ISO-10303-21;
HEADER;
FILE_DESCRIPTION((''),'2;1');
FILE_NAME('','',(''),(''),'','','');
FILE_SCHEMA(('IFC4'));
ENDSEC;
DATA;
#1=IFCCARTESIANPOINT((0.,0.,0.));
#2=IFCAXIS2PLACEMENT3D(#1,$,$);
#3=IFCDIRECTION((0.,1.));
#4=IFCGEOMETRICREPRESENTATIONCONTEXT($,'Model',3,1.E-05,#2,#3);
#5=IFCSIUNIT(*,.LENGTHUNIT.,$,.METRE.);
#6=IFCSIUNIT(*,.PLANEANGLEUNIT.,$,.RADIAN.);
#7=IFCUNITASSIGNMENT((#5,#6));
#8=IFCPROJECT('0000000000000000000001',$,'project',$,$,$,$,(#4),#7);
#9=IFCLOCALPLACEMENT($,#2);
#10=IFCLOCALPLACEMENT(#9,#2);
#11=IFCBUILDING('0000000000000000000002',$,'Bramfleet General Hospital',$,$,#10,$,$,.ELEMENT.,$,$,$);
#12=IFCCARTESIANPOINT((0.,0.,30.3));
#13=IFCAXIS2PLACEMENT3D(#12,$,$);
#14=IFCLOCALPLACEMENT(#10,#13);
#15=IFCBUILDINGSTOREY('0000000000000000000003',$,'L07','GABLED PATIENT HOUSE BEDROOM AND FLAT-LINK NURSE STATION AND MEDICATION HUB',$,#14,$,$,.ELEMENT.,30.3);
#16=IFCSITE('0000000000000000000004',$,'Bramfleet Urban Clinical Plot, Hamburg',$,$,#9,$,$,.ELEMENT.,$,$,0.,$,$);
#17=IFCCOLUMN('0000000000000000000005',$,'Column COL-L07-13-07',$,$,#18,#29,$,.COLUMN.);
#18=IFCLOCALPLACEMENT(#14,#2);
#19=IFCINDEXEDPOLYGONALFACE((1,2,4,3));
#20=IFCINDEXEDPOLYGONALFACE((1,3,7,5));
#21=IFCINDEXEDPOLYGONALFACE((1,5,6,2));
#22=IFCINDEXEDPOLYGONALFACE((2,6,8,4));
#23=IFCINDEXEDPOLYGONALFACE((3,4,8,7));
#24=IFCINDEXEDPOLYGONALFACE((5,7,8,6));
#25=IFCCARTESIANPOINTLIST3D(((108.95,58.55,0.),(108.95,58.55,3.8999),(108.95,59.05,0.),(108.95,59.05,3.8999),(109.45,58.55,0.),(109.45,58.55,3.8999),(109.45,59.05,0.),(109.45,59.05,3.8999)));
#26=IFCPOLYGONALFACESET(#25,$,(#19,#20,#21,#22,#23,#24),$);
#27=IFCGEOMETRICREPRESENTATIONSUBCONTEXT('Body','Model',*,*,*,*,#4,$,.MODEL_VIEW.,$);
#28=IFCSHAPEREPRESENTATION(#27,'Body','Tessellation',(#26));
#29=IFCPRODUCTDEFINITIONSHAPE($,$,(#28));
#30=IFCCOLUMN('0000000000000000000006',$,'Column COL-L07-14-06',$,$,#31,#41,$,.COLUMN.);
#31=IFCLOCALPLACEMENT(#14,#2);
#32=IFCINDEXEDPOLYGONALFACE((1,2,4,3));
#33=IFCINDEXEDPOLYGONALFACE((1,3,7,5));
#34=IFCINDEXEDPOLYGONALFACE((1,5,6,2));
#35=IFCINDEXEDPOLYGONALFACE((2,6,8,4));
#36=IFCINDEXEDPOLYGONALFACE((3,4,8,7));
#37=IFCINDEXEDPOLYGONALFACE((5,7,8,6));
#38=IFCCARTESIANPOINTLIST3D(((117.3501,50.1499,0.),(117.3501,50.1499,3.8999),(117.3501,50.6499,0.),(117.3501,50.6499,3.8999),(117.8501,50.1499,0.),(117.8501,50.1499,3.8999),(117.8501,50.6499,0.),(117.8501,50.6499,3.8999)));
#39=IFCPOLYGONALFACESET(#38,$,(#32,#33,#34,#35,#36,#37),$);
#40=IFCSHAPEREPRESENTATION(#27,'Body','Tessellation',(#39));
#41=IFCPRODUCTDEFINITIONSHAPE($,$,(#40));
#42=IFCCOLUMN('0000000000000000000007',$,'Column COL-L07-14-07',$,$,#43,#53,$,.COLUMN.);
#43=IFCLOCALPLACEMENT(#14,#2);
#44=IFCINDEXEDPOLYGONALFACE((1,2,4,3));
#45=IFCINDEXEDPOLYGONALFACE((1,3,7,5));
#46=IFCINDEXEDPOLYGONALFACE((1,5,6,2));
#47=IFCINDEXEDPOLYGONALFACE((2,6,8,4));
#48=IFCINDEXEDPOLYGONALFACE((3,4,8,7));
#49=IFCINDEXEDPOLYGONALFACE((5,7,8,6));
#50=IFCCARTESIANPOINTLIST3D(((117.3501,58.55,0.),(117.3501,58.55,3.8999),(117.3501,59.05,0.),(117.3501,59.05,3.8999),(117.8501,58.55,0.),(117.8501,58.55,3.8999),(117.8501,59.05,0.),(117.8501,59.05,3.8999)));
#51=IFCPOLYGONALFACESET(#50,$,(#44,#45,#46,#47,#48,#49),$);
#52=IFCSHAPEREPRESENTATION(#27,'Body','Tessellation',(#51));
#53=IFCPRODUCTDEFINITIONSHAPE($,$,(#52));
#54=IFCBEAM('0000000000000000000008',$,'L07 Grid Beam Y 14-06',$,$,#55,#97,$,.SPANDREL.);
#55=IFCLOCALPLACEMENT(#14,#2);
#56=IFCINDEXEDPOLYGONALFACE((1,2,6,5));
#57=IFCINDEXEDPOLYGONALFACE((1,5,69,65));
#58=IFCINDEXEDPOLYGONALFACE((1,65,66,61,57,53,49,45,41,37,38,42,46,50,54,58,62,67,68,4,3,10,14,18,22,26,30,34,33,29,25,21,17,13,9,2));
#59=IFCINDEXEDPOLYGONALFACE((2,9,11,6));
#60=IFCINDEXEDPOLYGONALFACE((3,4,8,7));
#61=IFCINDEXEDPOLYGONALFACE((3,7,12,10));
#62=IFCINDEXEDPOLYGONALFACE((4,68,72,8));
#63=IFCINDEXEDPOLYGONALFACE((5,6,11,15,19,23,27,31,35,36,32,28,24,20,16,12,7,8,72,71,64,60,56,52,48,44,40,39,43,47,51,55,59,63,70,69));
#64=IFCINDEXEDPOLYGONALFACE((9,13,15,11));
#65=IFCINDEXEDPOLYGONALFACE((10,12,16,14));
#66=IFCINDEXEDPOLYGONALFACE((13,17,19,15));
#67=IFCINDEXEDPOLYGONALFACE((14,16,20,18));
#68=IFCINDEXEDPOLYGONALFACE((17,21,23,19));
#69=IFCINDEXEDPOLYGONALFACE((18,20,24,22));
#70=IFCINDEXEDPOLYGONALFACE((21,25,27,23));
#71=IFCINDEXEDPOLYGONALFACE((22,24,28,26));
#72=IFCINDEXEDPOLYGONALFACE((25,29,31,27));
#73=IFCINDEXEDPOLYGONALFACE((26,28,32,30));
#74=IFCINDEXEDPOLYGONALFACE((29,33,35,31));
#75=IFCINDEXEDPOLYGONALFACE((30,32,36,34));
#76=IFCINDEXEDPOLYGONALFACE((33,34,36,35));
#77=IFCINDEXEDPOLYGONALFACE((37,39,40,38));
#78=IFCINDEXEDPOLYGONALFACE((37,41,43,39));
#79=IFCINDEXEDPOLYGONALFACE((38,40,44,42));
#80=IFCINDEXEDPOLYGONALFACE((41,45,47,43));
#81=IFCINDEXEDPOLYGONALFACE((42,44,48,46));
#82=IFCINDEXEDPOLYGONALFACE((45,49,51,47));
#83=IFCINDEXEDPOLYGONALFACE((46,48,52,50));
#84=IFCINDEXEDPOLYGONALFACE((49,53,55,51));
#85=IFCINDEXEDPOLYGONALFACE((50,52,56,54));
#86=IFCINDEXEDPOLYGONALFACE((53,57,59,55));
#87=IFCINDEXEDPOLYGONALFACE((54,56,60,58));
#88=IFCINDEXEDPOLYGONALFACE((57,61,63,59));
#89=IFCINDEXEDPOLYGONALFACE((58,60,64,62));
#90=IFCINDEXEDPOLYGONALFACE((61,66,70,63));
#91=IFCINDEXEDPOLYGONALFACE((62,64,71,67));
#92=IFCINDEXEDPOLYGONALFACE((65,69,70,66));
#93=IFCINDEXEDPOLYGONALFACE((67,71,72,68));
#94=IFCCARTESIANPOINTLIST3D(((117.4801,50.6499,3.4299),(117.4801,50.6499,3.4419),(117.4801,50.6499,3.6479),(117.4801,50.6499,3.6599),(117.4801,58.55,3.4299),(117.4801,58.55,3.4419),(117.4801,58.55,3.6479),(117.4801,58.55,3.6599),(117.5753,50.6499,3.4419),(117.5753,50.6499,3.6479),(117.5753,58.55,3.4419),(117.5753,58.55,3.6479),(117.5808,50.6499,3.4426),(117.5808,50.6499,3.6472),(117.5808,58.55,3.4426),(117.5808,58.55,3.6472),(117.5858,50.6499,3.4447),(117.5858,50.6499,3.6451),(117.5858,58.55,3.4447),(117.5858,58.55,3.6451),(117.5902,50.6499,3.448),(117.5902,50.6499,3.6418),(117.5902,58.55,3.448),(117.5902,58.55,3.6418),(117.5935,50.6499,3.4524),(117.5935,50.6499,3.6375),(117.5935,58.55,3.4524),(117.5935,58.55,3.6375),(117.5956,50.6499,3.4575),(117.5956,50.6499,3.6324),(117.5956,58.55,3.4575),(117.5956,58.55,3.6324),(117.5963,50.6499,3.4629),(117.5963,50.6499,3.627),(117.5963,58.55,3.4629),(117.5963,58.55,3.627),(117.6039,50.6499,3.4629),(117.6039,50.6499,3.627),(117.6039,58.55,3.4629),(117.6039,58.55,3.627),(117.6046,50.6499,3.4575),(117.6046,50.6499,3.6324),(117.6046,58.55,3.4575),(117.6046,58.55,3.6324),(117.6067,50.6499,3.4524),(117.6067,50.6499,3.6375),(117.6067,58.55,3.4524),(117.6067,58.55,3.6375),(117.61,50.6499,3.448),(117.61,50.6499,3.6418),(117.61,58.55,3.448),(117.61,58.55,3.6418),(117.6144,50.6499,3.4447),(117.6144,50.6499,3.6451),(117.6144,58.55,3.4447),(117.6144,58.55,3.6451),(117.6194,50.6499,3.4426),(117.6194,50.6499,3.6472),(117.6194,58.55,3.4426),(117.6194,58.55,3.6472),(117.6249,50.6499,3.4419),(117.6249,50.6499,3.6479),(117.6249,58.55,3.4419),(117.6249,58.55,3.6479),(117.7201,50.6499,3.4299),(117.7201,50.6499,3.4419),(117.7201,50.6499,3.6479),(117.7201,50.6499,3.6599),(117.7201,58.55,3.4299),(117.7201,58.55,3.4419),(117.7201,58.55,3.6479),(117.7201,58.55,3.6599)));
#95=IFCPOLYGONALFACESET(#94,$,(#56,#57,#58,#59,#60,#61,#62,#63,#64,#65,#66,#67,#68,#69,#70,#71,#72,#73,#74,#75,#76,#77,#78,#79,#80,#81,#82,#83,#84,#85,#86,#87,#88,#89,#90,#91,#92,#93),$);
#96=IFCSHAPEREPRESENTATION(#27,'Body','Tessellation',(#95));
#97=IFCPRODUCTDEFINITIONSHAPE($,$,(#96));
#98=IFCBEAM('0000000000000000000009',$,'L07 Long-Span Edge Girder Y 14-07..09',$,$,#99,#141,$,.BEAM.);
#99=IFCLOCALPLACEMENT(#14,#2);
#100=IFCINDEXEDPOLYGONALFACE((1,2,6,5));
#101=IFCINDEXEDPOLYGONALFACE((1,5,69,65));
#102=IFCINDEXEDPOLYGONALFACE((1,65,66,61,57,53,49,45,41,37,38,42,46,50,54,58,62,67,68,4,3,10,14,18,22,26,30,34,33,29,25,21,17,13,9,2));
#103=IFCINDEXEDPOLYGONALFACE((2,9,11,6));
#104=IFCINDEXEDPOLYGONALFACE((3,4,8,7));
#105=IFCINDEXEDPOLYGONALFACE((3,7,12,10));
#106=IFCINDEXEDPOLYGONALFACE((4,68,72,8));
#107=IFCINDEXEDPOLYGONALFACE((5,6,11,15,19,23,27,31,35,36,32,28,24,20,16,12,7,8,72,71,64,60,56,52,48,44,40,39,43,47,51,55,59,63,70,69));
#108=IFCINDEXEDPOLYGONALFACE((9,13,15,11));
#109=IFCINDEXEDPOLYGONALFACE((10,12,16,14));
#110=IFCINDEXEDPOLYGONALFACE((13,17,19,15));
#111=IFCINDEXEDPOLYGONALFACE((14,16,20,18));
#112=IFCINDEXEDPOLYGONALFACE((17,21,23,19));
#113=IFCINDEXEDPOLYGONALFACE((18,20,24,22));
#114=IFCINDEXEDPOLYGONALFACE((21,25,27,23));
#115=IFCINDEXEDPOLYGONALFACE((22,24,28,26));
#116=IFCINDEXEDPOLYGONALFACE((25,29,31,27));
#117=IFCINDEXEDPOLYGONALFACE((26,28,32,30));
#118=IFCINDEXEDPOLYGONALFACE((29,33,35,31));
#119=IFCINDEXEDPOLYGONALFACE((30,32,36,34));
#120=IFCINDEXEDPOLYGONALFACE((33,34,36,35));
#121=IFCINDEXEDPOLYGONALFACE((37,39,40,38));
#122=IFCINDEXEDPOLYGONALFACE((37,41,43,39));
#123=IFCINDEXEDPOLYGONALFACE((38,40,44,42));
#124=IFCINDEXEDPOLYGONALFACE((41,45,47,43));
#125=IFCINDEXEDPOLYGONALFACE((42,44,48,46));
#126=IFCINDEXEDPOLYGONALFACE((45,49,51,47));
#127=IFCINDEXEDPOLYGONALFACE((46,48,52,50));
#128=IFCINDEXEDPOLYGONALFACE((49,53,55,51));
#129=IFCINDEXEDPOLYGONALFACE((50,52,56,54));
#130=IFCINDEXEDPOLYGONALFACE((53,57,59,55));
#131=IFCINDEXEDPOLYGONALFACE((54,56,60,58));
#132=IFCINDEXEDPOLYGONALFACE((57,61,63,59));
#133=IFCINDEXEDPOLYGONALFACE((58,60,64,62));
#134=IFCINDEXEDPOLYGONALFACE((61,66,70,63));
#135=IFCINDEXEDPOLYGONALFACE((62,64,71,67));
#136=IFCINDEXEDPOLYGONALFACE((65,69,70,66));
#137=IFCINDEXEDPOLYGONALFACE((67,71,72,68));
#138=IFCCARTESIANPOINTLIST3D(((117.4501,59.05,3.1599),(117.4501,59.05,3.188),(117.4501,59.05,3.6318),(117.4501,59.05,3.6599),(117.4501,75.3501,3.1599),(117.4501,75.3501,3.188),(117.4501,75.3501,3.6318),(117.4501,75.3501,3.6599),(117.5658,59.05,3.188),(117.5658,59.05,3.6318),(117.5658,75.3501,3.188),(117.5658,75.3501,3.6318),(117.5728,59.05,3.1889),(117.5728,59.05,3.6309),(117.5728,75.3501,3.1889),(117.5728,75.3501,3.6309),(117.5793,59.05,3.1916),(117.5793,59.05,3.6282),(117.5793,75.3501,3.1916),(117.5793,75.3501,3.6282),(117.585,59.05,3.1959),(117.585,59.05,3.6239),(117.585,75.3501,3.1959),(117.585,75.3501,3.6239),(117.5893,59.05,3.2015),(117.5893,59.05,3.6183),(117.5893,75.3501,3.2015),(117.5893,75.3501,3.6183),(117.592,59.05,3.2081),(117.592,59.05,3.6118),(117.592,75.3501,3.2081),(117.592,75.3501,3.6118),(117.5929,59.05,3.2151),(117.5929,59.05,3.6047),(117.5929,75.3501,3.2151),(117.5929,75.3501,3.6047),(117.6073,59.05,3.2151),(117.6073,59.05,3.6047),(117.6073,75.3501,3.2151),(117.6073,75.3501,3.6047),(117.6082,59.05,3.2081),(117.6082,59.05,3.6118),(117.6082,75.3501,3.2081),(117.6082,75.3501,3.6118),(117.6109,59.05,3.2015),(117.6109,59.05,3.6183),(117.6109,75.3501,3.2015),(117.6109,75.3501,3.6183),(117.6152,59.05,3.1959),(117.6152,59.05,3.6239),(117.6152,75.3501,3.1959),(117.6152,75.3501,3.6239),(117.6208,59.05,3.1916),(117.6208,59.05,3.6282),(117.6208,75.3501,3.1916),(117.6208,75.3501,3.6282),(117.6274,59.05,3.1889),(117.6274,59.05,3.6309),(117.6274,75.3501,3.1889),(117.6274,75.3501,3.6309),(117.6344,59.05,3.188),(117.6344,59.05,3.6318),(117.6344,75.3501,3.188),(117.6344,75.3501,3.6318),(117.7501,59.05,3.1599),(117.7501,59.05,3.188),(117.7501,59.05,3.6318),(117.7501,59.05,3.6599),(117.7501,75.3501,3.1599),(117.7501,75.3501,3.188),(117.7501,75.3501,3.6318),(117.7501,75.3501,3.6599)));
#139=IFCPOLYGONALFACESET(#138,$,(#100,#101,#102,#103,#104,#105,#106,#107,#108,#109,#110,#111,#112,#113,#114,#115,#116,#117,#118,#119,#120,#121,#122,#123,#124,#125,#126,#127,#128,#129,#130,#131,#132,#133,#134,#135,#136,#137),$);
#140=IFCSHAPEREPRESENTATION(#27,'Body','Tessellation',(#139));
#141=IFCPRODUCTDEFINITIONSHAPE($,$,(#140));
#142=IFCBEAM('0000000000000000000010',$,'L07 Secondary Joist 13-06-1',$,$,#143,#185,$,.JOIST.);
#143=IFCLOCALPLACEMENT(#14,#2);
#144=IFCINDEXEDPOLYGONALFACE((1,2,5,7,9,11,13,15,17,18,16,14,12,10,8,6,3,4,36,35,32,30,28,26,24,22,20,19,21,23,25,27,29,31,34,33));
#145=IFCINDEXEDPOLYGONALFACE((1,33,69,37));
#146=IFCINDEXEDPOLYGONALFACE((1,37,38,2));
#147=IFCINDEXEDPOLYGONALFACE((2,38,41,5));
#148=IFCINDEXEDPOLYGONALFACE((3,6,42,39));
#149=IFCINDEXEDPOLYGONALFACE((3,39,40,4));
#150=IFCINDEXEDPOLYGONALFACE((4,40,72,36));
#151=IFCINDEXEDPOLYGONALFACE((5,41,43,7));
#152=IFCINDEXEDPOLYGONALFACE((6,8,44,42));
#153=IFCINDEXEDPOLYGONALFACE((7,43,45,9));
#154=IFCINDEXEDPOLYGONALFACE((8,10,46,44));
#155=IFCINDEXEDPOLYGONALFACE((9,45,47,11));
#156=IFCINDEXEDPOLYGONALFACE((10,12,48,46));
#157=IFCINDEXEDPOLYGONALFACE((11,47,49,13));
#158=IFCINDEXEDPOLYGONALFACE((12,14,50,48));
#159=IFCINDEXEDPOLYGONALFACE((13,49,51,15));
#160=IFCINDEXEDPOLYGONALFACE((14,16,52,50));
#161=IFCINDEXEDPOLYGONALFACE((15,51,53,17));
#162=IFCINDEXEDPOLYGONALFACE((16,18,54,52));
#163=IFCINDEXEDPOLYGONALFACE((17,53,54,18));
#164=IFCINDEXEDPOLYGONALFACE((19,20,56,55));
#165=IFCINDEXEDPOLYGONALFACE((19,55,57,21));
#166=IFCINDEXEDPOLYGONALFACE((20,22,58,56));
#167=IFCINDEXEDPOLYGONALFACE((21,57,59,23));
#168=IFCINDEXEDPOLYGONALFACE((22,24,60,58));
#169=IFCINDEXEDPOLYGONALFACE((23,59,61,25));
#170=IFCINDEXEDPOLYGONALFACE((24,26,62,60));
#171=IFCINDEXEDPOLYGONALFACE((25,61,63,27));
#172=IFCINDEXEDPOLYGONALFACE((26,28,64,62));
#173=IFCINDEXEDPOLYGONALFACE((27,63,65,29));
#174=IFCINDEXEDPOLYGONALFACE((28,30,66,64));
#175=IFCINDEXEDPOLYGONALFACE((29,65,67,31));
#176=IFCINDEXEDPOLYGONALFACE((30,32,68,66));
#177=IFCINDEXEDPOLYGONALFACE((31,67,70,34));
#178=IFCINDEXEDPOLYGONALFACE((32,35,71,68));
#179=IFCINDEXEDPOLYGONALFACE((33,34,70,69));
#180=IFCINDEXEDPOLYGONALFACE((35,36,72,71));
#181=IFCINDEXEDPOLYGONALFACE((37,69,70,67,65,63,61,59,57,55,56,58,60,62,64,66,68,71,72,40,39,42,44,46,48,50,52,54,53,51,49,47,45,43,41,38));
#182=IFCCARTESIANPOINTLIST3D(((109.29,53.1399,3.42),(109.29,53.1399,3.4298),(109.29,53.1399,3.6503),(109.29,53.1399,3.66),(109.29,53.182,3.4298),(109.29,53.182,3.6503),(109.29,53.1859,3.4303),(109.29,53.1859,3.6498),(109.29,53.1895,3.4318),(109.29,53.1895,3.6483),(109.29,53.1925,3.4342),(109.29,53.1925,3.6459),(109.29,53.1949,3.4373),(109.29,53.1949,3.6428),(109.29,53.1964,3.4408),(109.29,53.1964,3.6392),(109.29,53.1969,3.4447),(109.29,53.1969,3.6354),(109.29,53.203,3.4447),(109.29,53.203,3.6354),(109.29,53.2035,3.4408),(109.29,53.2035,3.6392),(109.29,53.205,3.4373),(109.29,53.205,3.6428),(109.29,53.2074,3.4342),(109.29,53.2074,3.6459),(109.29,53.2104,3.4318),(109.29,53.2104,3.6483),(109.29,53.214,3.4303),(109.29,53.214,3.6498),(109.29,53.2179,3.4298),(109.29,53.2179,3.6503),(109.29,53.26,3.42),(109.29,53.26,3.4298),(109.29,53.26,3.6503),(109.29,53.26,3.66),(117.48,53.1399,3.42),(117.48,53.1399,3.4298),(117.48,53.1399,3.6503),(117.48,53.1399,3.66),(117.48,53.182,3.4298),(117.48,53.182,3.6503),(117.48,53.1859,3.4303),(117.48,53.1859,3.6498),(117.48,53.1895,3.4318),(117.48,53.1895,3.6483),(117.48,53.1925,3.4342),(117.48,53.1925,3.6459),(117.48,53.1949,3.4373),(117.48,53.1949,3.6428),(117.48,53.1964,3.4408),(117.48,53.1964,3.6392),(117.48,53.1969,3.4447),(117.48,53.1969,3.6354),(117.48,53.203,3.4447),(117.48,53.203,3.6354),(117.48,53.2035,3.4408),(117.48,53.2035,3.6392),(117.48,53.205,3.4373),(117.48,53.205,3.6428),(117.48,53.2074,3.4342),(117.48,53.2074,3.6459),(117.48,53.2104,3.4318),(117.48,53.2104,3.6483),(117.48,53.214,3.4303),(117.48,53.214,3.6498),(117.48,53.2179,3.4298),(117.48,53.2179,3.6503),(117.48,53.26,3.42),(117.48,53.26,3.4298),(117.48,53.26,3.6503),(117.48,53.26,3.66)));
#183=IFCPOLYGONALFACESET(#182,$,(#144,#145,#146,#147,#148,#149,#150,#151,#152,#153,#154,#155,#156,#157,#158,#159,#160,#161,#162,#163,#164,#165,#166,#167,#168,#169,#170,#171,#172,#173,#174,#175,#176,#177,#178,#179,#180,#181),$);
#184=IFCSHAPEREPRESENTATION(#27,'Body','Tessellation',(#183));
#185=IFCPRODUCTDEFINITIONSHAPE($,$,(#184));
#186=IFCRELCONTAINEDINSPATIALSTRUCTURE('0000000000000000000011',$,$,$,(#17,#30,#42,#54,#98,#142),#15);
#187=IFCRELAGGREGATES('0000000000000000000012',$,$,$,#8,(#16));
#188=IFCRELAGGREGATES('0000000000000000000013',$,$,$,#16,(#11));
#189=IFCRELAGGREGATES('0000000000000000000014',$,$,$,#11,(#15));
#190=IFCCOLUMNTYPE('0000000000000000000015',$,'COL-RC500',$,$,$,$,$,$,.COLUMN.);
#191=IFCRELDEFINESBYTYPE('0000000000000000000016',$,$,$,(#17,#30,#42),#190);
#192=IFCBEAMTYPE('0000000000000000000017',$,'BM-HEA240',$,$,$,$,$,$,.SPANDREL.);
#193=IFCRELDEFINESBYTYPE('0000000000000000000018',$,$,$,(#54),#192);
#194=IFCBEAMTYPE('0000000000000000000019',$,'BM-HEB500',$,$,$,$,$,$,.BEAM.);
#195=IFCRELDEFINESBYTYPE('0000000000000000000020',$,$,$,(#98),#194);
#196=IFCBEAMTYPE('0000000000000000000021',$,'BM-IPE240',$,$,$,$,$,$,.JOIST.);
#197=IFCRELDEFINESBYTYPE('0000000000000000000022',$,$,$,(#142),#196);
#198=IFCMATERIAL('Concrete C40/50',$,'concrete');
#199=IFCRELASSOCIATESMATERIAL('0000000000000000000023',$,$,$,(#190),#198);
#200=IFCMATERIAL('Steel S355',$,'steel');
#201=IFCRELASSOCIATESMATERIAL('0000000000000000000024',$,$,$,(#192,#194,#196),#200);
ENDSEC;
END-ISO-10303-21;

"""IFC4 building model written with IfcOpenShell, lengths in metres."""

from ifc_helpers import new_model, si_unit, direction, frame, origin, origin_2d, place, context, subcontext, project, spatial, rectangle, i_section, extrude, material, material_profile, profile_set, type_object, element, save


model = new_model("IFC4")

# Units and contexts
model_context = context("Model", 3, precision=1e-05, world=origin(), true_north=direction((0.0, 1.0)))
body_context = subcontext(model_context, "Body", "Model", "MODEL_VIEW")
ifc_project = project(units=[si_unit("LENGTHUNIT", "METRE"), si_unit("PLANEANGLEUNIT", "RADIAN")], contexts=[model_context])

# Site, building, storey
site_placement = place(None, origin())
site = spatial("IfcSite", under=ifc_project, at=site_placement, Name="Bramfleet Urban Clinical Plot, Hamburg", CompositionType="ELEMENT", RefElevation=0.0)
building_placement = place(site_placement, origin())
building = spatial("IfcBuilding", under=site, at=building_placement, Name="Bramfleet General Hospital", CompositionType="ELEMENT")
storey_placement = place(building_placement, frame((0.0, 0.0, 30.3)))
storey = spatial("IfcBuildingStorey", under=building, at=storey_placement, Name="L07", Description="GABLED PATIENT HOUSE BEDROOM AND FLAT-LINK NURSE STATION AND MEDICATION HUB", CompositionType="ELEMENT", Elevation=30.3)

# Columns
ifc_material_1 = material(Name="Concrete C40/50", Category="concrete")
ifc_material_profile_1 = material_profile(ifc_material_1, rectangle(XDim=0.5, YDim=0.5, at=origin_2d()), Name="RC COL 500x500")
ifc_profile_set_1 = profile_set([ifc_material_profile_1], Name="Concrete C40/50")
column_type = type_object("IfcColumnType", Name="COL-RC500", PredefinedType="COLUMN", material=ifc_profile_set_1)
for number, where, z_axis, x_axis, name in (
    (1, (109.2, 58.8, 0.0), (0.0, 0.0, 1.0), (1.0, 0.0, 0.0), "Column COL-L07-13-07"),
    (2, (117.6001, 50.3999, 0.0), (0.0, 0.0, 1.0), (1.0, 0.0, 0.0), "Column COL-L07-14-06"),
    (3, (117.6001, 58.8, 0.0), (0.0, 0.0, 1.0), (1.0, 0.0, 0.0), "Column COL-L07-14-07"),
):
    element("IfcColumn", number, at=place(storey_placement, frame(where, z_axis=z_axis, x_axis=x_axis)), inside=storey, type_object=column_type, Name=name, PredefinedType="COLUMN", context=body_context, shape_type="SweptSolid", body=[
        extrude(rectangle(XDim=0.5, YDim=0.5, at=origin_2d()), origin(), (0.0, 0.0, 1.0), 3.8999),
    ])

# Beams
ifc_material_2 = material(Name="Steel S355", Category="steel")
ifc_material_profile_2 = material_profile(ifc_material_2, i_section(OverallWidth=0.24, OverallDepth=0.23, WebThickness=0.0076, FlangeThickness=0.012, FilletRadius=0.021, at=origin_2d()), Name="HEA 240")
ifc_profile_set_2 = profile_set([ifc_material_profile_2], Name="Steel S355")
beam_type_1 = type_object("IfcBeamType", Name="BM-HEA240", PredefinedType="SPANDREL", material=ifc_profile_set_2)
beam_1_placement = place(storey_placement, frame((117.6001, 50.6499, 3.5449), z_axis=(0.0, 1.0, 0.0), x_axis=(-1.0, 0.0, 0.0)))
element("IfcBeam", 4, at=beam_1_placement, inside=storey, type_object=beam_type_1, Name="L07 Grid Beam Y 14-06", PredefinedType="SPANDREL", context=body_context, shape_type="SweptSolid", body=[
    extrude(i_section(OverallWidth=0.24, OverallDepth=0.23, WebThickness=0.0076, FlangeThickness=0.012, FilletRadius=0.021, at=origin_2d()), origin(), (0.0, 0.0, 1.0), 7.9001),
])
ifc_material_profile_3 = material_profile(ifc_material_2, i_section(OverallWidth=0.3, OverallDepth=0.5, WebThickness=0.0144, FlangeThickness=0.0281, FilletRadius=0.0271, at=origin_2d()), Name="HEB 500")
ifc_profile_set_3 = profile_set([ifc_material_profile_3], Name="Steel S355")
beam_type_2 = type_object("IfcBeamType", Name="BM-HEB500", PredefinedType="BEAM", material=ifc_profile_set_3)
beam_2_placement = place(storey_placement, frame((117.6001, 59.05, 3.4099), z_axis=(0.0, 1.0, 0.0), x_axis=(-1.0, 0.0, 0.0)))
element("IfcBeam", 5, at=beam_2_placement, inside=storey, type_object=beam_type_2, Name="L07 Long-Span Edge Girder Y 14-07..09", PredefinedType="BEAM", context=body_context, shape_type="SweptSolid", body=[
    extrude(i_section(OverallWidth=0.3, OverallDepth=0.5, WebThickness=0.0144, FlangeThickness=0.0281, FilletRadius=0.0271, at=origin_2d()), origin(), (0.0, 0.0, 1.0), 16.3),
])
ifc_material_profile_4 = material_profile(ifc_material_2, i_section(OverallWidth=0.1201, OverallDepth=0.24, WebThickness=0.0061, FlangeThickness=0.0098, FilletRadius=0.0149, at=origin_2d()), Name="IPE 240")
ifc_profile_set_4 = profile_set([ifc_material_profile_4], Name="Steel S355")
beam_type_3 = type_object("IfcBeamType", Name="BM-IPE240", PredefinedType="JOIST", material=ifc_profile_set_4)
for number, where, z_axis, x_axis, name in (
    (6, (109.29, 53.2, 3.54), (1.0, 0.0, 0.0), (0.0, 1.0, 0.0), "L07 Secondary Joist 13-06-1"),
):
    element("IfcBeam", number, at=place(storey_placement, frame(where, z_axis=z_axis, x_axis=x_axis)), inside=storey, type_object=beam_type_3, Name=name, PredefinedType="JOIST", context=body_context, shape_type="SweptSolid", body=[
        extrude(i_section(OverallWidth=0.1201, OverallDepth=0.24, WebThickness=0.0061, FlangeThickness=0.0098, FilletRadius=0.0149, at=origin_2d()), origin(), (0.0, 0.0, 1.0), 8.1899),
    ])

save(model, "model.ifc")
